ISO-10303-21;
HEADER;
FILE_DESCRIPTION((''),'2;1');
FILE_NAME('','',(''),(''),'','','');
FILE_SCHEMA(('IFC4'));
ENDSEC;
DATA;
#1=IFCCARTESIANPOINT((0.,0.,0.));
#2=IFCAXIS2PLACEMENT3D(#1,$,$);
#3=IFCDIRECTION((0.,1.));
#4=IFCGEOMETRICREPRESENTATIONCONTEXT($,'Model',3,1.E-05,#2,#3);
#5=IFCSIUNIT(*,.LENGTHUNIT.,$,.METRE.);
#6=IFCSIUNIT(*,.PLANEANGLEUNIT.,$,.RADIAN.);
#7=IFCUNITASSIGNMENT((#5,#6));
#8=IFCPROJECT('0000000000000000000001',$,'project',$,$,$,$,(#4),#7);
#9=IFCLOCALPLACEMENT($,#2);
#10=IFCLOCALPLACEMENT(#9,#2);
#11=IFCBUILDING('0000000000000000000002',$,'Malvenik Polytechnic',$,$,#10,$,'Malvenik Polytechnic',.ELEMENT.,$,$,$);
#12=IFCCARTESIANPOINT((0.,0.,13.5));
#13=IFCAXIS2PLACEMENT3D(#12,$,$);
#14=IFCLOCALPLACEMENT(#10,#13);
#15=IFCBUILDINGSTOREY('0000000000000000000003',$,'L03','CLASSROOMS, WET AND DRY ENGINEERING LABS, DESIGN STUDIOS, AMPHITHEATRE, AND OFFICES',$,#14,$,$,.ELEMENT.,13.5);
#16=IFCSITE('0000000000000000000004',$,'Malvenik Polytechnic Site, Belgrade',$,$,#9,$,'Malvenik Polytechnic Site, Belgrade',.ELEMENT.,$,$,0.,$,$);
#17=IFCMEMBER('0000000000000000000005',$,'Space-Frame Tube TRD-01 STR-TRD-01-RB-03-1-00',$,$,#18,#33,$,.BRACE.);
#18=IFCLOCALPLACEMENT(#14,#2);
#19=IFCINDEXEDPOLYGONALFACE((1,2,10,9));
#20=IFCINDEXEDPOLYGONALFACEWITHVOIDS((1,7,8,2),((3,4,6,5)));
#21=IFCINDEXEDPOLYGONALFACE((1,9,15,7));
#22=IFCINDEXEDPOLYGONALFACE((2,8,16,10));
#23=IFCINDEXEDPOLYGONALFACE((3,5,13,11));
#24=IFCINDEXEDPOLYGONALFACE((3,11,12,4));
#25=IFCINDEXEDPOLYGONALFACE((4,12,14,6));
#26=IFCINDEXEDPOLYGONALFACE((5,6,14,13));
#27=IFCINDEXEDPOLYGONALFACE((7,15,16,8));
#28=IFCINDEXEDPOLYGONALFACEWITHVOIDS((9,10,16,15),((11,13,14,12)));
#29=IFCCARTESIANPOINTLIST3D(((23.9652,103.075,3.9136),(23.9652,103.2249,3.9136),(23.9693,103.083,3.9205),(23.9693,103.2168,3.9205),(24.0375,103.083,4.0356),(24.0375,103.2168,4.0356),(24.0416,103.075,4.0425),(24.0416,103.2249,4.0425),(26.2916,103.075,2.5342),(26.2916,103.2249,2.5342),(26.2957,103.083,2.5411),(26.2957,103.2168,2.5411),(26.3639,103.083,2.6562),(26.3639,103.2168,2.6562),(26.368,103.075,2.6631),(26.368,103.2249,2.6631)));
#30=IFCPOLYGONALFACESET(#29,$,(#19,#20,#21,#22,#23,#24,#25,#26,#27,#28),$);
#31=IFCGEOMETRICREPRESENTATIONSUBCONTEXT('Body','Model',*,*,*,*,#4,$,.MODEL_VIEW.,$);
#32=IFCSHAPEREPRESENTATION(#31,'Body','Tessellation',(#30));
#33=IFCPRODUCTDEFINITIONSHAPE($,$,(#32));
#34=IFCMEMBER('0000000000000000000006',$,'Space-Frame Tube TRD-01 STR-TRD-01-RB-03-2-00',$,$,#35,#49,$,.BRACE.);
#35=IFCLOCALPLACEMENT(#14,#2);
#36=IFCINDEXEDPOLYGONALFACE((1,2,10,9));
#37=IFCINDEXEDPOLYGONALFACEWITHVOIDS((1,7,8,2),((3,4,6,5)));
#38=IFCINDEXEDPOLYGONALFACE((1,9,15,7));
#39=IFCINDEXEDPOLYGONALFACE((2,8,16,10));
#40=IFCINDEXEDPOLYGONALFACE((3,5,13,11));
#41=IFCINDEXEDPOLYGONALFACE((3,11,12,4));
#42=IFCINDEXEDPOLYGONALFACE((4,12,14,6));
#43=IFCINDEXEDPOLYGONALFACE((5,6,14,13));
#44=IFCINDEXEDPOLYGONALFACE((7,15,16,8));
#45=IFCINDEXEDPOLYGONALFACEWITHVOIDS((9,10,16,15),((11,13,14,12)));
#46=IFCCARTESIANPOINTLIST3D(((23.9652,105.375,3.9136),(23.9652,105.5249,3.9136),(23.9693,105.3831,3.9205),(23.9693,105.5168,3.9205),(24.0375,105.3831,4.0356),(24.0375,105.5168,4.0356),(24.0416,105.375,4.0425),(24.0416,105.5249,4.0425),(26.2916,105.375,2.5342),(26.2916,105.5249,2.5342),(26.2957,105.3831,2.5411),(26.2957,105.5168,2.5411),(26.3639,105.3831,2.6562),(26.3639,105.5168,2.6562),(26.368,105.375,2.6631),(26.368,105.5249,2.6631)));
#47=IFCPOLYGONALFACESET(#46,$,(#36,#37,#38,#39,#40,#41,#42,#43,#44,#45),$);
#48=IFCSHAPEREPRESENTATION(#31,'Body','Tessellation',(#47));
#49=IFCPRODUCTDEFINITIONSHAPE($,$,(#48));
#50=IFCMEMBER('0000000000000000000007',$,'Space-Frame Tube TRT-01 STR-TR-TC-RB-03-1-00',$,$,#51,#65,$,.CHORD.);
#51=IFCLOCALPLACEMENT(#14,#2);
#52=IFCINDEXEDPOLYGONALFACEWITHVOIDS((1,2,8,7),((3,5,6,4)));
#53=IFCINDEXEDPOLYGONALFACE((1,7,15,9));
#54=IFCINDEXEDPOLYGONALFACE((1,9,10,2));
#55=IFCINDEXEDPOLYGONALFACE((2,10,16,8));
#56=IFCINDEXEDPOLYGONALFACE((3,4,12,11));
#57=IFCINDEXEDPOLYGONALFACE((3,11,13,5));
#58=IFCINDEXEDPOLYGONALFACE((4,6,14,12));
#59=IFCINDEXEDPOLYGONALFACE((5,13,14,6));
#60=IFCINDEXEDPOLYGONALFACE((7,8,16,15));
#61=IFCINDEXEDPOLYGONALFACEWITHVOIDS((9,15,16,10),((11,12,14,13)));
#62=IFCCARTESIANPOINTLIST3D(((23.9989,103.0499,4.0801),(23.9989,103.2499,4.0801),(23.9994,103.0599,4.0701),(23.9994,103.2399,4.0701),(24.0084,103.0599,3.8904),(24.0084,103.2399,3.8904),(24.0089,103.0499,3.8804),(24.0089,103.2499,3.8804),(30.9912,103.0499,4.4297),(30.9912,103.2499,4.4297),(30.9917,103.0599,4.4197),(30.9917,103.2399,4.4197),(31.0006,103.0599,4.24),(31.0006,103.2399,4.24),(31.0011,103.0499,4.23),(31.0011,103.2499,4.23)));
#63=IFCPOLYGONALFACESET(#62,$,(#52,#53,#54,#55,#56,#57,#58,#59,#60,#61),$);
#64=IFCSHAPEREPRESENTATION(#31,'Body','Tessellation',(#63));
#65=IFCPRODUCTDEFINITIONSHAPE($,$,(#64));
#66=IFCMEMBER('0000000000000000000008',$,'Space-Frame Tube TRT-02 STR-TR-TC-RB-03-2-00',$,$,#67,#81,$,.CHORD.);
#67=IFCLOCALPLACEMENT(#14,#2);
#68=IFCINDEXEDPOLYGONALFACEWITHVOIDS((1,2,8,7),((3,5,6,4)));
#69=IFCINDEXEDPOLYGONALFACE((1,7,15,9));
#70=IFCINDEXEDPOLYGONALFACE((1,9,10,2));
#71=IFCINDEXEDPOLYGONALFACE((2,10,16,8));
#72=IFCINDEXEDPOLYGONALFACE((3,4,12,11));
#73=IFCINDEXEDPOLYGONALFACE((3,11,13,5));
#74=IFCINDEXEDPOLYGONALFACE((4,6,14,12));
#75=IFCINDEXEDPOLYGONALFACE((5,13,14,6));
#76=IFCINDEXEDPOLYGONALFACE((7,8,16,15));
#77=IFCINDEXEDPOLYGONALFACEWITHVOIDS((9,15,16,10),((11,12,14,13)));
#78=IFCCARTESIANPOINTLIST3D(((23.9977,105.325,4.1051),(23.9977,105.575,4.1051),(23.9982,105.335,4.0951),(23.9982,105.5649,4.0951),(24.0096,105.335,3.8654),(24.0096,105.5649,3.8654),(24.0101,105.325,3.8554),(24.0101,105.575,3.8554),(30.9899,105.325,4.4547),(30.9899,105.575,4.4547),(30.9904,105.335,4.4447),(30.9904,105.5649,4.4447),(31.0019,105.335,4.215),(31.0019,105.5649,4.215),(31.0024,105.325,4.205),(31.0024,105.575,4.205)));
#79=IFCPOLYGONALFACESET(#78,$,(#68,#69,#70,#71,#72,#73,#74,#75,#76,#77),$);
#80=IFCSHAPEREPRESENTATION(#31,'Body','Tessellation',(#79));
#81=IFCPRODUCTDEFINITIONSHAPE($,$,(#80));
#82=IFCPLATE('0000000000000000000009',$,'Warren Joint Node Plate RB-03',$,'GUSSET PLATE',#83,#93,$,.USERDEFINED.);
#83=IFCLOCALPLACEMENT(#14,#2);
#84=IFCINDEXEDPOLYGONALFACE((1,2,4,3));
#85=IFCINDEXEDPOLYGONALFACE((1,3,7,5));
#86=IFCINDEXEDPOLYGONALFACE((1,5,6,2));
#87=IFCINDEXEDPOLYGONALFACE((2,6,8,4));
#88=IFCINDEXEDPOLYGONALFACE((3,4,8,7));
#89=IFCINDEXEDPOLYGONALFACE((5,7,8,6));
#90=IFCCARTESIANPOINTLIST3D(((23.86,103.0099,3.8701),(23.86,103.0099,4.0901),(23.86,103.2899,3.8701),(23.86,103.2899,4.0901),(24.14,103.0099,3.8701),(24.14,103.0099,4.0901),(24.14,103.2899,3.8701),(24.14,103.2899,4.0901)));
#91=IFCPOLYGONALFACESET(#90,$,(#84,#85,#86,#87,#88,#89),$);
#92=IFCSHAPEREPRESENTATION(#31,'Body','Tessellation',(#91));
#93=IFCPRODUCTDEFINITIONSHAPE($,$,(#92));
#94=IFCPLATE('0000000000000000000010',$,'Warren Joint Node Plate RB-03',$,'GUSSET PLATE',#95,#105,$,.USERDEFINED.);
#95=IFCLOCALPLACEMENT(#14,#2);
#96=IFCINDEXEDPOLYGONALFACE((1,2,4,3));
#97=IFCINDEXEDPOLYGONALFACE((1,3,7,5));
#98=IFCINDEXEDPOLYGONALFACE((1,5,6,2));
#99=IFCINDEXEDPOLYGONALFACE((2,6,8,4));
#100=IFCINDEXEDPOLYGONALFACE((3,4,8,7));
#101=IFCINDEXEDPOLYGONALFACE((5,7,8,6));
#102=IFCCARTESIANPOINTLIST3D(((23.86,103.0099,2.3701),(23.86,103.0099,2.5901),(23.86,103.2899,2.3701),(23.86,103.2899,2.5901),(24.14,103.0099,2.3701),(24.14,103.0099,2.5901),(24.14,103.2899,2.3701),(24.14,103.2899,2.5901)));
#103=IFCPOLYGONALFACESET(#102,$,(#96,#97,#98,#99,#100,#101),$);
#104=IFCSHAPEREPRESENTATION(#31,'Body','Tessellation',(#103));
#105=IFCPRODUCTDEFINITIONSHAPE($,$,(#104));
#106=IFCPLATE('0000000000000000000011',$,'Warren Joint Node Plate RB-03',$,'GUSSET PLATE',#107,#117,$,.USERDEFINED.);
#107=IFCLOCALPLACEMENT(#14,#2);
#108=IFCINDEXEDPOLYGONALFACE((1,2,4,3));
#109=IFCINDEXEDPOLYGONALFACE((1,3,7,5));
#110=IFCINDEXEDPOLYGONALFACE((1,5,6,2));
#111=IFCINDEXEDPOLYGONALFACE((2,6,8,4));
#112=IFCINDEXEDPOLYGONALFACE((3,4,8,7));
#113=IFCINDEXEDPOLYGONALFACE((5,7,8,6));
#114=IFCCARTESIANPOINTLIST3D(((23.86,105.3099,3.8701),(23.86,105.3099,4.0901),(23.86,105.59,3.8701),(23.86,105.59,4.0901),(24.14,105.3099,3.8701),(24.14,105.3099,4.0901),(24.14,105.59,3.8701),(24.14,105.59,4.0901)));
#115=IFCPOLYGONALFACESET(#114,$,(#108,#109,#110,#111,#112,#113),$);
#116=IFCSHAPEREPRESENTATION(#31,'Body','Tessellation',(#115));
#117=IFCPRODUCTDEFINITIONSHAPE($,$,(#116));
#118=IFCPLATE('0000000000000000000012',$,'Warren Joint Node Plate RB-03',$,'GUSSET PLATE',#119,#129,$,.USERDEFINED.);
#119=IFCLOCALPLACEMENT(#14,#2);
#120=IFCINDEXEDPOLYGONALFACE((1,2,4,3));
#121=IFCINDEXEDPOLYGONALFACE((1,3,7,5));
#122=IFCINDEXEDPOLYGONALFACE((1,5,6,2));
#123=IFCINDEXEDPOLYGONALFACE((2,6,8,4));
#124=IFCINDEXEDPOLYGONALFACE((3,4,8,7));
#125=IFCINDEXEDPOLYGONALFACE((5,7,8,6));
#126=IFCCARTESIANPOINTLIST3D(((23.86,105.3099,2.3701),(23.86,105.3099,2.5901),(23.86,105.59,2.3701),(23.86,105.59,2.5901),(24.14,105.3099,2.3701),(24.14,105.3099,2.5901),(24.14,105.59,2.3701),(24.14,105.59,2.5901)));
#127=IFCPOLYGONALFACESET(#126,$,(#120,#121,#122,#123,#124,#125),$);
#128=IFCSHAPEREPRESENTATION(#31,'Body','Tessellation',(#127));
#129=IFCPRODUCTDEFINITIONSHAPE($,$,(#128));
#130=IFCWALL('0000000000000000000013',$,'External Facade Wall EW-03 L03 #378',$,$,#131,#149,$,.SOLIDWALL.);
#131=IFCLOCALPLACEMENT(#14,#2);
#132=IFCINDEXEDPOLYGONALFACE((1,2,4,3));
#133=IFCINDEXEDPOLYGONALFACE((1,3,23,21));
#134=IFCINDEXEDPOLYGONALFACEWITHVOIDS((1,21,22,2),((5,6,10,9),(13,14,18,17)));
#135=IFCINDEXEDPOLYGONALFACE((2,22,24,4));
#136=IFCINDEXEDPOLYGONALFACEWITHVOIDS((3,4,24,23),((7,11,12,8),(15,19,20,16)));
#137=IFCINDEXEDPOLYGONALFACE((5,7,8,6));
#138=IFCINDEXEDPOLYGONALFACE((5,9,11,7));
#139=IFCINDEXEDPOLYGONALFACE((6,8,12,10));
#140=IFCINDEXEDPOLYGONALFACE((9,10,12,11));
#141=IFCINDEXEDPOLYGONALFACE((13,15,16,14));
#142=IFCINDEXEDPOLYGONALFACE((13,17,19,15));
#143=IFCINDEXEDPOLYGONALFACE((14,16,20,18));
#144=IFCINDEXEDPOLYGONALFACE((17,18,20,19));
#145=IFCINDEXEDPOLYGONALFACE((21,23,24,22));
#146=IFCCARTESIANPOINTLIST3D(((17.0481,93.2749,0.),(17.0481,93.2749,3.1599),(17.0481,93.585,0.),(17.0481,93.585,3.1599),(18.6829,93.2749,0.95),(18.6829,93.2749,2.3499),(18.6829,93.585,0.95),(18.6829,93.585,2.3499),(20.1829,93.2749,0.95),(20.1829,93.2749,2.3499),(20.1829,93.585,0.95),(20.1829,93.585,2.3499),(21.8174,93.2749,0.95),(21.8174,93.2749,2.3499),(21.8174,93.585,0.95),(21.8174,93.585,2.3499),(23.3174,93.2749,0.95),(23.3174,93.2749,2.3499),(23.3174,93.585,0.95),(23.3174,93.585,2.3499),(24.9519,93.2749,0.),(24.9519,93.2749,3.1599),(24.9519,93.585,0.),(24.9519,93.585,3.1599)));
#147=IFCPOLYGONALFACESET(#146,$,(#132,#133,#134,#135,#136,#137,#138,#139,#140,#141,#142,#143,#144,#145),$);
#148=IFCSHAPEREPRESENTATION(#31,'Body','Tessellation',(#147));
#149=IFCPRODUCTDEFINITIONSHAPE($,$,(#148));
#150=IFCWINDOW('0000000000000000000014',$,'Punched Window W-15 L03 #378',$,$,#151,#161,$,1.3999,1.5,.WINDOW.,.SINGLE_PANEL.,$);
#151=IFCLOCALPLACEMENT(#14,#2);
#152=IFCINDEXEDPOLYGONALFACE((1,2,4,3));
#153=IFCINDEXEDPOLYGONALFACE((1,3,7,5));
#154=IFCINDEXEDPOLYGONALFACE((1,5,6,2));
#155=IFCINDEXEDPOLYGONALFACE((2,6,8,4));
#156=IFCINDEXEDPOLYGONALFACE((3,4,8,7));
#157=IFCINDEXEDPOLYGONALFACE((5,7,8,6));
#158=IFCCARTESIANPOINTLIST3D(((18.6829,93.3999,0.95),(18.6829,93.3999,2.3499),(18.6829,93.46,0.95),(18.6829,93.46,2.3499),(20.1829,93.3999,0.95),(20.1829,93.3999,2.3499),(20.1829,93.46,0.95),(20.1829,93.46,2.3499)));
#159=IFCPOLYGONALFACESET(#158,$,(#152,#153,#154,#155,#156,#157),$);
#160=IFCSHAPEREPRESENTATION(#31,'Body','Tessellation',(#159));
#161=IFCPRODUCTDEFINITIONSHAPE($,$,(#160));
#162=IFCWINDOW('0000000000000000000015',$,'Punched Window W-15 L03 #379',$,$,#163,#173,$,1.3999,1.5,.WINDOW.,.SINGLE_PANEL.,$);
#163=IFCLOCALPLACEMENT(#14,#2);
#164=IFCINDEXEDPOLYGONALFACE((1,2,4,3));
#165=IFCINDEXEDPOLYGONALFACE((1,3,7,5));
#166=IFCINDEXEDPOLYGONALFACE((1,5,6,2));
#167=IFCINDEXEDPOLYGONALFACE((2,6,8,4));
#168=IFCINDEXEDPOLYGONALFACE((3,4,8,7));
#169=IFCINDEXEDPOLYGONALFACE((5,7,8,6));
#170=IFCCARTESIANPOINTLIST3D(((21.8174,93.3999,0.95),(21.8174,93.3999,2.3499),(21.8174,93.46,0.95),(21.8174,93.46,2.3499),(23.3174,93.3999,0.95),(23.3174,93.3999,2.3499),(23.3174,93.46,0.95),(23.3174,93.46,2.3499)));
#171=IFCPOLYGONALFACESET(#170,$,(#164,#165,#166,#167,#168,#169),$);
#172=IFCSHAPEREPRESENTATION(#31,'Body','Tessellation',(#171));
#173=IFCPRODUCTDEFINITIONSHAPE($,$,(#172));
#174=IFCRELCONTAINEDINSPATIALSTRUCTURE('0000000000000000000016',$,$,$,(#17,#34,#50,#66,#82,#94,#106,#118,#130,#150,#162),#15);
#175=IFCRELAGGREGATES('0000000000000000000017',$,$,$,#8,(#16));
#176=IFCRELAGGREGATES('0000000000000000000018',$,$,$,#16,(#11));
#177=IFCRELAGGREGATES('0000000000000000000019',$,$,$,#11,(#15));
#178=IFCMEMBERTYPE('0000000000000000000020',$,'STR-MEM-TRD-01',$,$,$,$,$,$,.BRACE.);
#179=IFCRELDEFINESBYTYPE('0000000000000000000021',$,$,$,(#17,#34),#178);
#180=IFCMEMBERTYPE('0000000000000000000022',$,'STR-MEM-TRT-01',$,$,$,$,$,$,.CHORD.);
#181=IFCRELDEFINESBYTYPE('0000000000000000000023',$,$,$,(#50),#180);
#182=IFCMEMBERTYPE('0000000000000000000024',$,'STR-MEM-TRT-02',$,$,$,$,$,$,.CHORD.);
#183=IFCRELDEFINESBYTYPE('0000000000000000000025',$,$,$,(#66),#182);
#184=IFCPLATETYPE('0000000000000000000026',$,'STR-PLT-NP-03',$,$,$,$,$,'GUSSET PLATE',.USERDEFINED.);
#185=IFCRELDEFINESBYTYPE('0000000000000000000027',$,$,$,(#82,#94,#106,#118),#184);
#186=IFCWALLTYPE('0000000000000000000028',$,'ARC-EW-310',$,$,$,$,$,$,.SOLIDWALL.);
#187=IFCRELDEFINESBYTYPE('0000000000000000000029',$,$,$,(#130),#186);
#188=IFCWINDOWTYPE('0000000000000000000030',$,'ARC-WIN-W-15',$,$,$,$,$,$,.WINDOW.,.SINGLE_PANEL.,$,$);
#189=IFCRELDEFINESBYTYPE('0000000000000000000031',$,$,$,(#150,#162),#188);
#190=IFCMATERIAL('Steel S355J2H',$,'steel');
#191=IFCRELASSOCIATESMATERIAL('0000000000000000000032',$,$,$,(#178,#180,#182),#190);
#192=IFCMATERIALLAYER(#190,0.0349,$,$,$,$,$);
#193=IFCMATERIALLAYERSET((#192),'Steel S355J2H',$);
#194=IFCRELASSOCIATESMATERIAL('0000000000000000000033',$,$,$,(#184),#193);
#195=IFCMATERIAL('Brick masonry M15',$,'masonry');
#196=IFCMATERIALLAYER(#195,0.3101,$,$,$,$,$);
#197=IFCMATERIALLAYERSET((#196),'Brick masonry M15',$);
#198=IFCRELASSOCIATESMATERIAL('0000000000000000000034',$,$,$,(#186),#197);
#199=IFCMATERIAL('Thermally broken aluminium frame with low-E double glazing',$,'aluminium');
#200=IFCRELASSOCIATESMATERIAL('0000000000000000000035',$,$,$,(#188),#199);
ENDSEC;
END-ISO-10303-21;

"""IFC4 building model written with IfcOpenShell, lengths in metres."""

from ifc_helpers import new_model, si_unit, direction, frame, frame_2d, origin, origin_2d, place, context, subcontext, project, spatial, rectangle, hollow_rectangle, extrude, material, layer, layer_set, material_profile, profile_set, type_object, element, fill, save


model = new_model("IFC4")

# Units and contexts
model_context = context("Model", 3, precision=1e-05, world=origin(), true_north=direction((0.0, 1.0)))
body_context = subcontext(model_context, "Body", "Model", "MODEL_VIEW")
ifc_project = project(units=[si_unit("LENGTHUNIT", "METRE"), si_unit("PLANEANGLEUNIT", "RADIAN")], contexts=[model_context])

# Site, building, storey
site_placement = place(None, origin())
site = spatial("IfcSite", under=ifc_project, at=site_placement, Name="Malvenik Polytechnic Site, Belgrade", LongName="Malvenik Polytechnic Site, Belgrade", CompositionType="ELEMENT", RefElevation=0.0)
building_placement = place(site_placement, origin())
building = spatial("IfcBuilding", under=site, at=building_placement, Name="Malvenik Polytechnic", LongName="Malvenik Polytechnic", CompositionType="ELEMENT")
storey_placement = place(building_placement, frame((0.0, 0.0, 13.5)))
storey = spatial("IfcBuildingStorey", under=building, at=storey_placement, Name="L03", Description="CLASSROOMS, WET AND DRY ENGINEERING LABS, DESIGN STUDIOS, AMPHITHEATRE, AND OFFICES", CompositionType="ELEMENT", Elevation=13.5)

# Shared definitions
ifc_material_1 = material(Name="Steel S355J2H", Category="steel")

# Members
ifc_material_profile_1 = material_profile(ifc_material_1, hollow_rectangle(XDim=0.1499, YDim=0.1499, WallThickness=0.0081, at=origin_2d()), Name="SHS 150x150x8.0")
ifc_profile_set_1 = profile_set([ifc_material_profile_1], Name="Steel S355J2H")
member_type_1 = type_object("IfcMemberType", Name="STR-MEM-TRD-01", PredefinedType="BRACE", material=ifc_profile_set_1)
for number, where, z_axis, x_axis, name in (
    (1, (24.0034, 103.1499, 3.978), (0.860165, 0.0, -0.510015), (0.0, 1.0, 0.0), "Space-Frame Tube TRD-01 STR-TRD-01-RB-03-1-00"),
    (2, (24.0034, 105.45, 3.978), (0.860165, 0.0, -0.510015), (0.0, 1.0, 0.0), "Space-Frame Tube TRD-01 STR-TRD-01-RB-03-2-00"),
):
    element("IfcMember", number, at=place(storey_placement, frame(where, z_axis=z_axis, x_axis=x_axis)), inside=storey, type_object=member_type_1, Name=name, PredefinedType="BRACE", context=body_context, shape_type="SweptSolid", body=[
        extrude(hollow_rectangle(XDim=0.1499, YDim=0.1499, WallThickness=0.0081, at=origin_2d()), origin(), (0.0, 0.0, 1.0), 2.7046),
    ])
ifc_material_profile_2 = material_profile(ifc_material_1, hollow_rectangle(XDim=0.2, YDim=0.2, WallThickness=0.01, at=origin_2d()), Name="SHS 200x200x10.0")
ifc_profile_set_2 = profile_set([ifc_material_profile_2], Name="Steel S355J2H")
member_type_2 = type_object("IfcMemberType", Name="STR-MEM-TRT-01", PredefinedType="CHORD", material=ifc_profile_set_2)
member_1_placement = place(storey_placement, frame((24.0039, 103.1499, 3.9802), z_axis=(0.998752, 0.0, 0.049938), x_axis=(0.0, 1.0, 0.0)))
element("IfcMember", 3, at=member_1_placement, inside=storey, type_object=member_type_2, Name="Space-Frame Tube TRT-01 STR-TR-TC-RB-03-1-00", PredefinedType="CHORD", context=body_context, shape_type="SweptSolid", body=[
    extrude(hollow_rectangle(XDim=0.2, YDim=0.2, WallThickness=0.01, at=origin_2d()), origin(), (0.0, 0.0, 1.0), 7.001),
])
ifc_material_profile_3 = material_profile(ifc_material_1, hollow_rectangle(XDim=0.25, YDim=0.25, WallThickness=0.01, at=origin_2d()), Name="SHS 250x250x10.0")
ifc_profile_set_3 = profile_set([ifc_material_profile_3], Name="Steel S355J2H")
member_type_3 = type_object("IfcMemberType", Name="STR-MEM-TRT-02", PredefinedType="CHORD", material=ifc_profile_set_3)
member_2_placement = place(storey_placement, frame((24.0039, 105.45, 3.9802), z_axis=(0.998752, 0.0, 0.049938), x_axis=(0.0, 1.0, 0.0)))
element("IfcMember", 4, at=member_2_placement, inside=storey, type_object=member_type_3, Name="Space-Frame Tube TRT-02 STR-TR-TC-RB-03-2-00", PredefinedType="CHORD", context=body_context, shape_type="SweptSolid", body=[
    extrude(hollow_rectangle(XDim=0.25, YDim=0.25, WallThickness=0.01, at=origin_2d()), origin(), (0.0, 0.0, 1.0), 7.001),
])

# Plates
ifc_layer_1 = layer(ifc_material_1, 0.0349)
ifc_layer_set_1 = layer_set([ifc_layer_1], Name="Steel S355J2H")
plate_type = type_object("IfcPlateType", Name="STR-PLT-NP-03", ElementType="GUSSET PLATE", PredefinedType="USERDEFINED", material=ifc_layer_set_1)
for number, where, z_axis, x_axis, name in (
    (5, (24.0, 103.1499, 3.8701), (0.0, 0.0, 1.0), (1.0, 0.0, 0.0), "Warren Joint Node Plate RB-03"),
    (6, (24.0, 103.1499, 2.3701), (0.0, 0.0, 1.0), (1.0, 0.0, 0.0), "Warren Joint Node Plate RB-03"),
    (7, (24.0, 105.45, 3.8701), (0.0, 0.0, 1.0), (1.0, 0.0, 0.0), "Warren Joint Node Plate RB-03"),
    (8, (24.0, 105.45, 2.3701), (0.0, 0.0, 1.0), (1.0, 0.0, 0.0), "Warren Joint Node Plate RB-03"),
):
    element("IfcPlate", number, at=place(storey_placement, frame(where, z_axis=z_axis, x_axis=x_axis)), inside=storey, type_object=plate_type, Name=name, ObjectType="GUSSET PLATE", PredefinedType="USERDEFINED", context=body_context, shape_type="SweptSolid", body=[
        extrude(rectangle(XDim=0.28, YDim=0.28, at=origin_2d()), origin(), (0.0, 0.0, 1.0), 0.22),
    ])

# Wall, openings, windows
ifc_material_2 = material(Name="Brick masonry M15", Category="masonry")
ifc_layer_2 = layer(ifc_material_2, 0.3101)
ifc_layer_set_2 = layer_set([ifc_layer_2], Name="Brick masonry M15")
wall_type = type_object("IfcWallType", Name="ARC-EW-310", PredefinedType="SOLIDWALL", material=ifc_layer_set_2)
wall_placement = place(storey_placement, frame((17.0481, 93.4299, 0.0), z_axis=(0.0, 0.0, 1.0), x_axis=(1.0, 0.0, 0.0)))
wall = element("IfcWall", 9, at=wall_placement, inside=storey, type_object=wall_type, Name="External Facade Wall EW-03 L03 #378", PredefinedType="SOLIDWALL", context=body_context, shape_type="SweptSolid", body=[
    extrude(rectangle(XDim=7.9038, YDim=0.3101, at=frame_2d((3.9519, 0.0))), origin(), (0.0, 0.0, 1.0), 3.1599),
])
opening_1_placement = place(wall_placement, frame((1.6348, 0.0, 0.95)))
opening_1 = element("IfcOpeningElement", 10, at=opening_1_placement, cuts=wall, PredefinedType="OPENING", context=body_context, shape_type="SweptSolid", body=[
    extrude(rectangle(XDim=1.5, YDim=1.3999, at=frame_2d((0.75, 0.7))), frame((0.0, 0.165, 0.0), z_axis=(0.0, -1.0, 0.0), x_axis=(1.0, 0.0, 0.0)), (0.0, 0.0, 1.0), 0.3301),
])
opening_2_placement = place(wall_placement, frame((4.7693, 0.0, 0.95)))
opening_2 = element("IfcOpeningElement", 11, at=opening_2_placement, cuts=wall, PredefinedType="OPENING", context=body_context, shape_type="SweptSolid", body=[
    extrude(rectangle(XDim=1.5, YDim=1.3999, at=frame_2d((0.75, 0.7))), frame((0.0, 0.165, 0.0), z_axis=(0.0, -1.0, 0.0), x_axis=(1.0, 0.0, 0.0)), (0.0, 0.0, 1.0), 0.3301),
])
ifc_material_3 = material(Name="Thermally broken aluminium frame with low-E double glazing", Category="aluminium")
window_type = type_object("IfcWindowType", Name="ARC-WIN-W-15", PartitioningType="SINGLE_PANEL", PredefinedType="WINDOW", material=ifc_material_3)
window_1_placement = place(opening_1_placement, origin())
window_1 = element("IfcWindow", 12, at=window_1_placement, inside=storey, type_object=window_type, Name="Punched Window W-15 L03 #378", OverallHeight=1.3999, OverallWidth=1.5, PartitioningType="SINGLE_PANEL", PredefinedType="WINDOW", context=body_context, shape_type="SweptSolid", body=[
    extrude(rectangle(XDim=1.5, YDim=1.3999, at=frame_2d((0.75, 0.7))), frame((0.0, 0.03, 0.0), z_axis=(0.0, -1.0, 0.0), x_axis=(1.0, 0.0, 0.0)), (0.0, 0.0, 1.0), 0.0601),
])
fill(opening_1, window_1)
window_2_placement = place(opening_2_placement, origin())
window_2 = element("IfcWindow", 13, at=window_2_placement, inside=storey, type_object=window_type, Name="Punched Window W-15 L03 #379", OverallHeight=1.3999, OverallWidth=1.5, PartitioningType="SINGLE_PANEL", PredefinedType="WINDOW", context=body_context, shape_type="SweptSolid", body=[
    extrude(rectangle(XDim=1.5, YDim=1.3999, at=frame_2d((0.75, 0.7))), frame((0.0, 0.03, 0.0), z_axis=(0.0, -1.0, 0.0), x_axis=(1.0, 0.0, 0.0)), (0.0, 0.0, 1.0), 0.0601),
])
fill(opening_2, window_2)

save(model, "model.ifc")
